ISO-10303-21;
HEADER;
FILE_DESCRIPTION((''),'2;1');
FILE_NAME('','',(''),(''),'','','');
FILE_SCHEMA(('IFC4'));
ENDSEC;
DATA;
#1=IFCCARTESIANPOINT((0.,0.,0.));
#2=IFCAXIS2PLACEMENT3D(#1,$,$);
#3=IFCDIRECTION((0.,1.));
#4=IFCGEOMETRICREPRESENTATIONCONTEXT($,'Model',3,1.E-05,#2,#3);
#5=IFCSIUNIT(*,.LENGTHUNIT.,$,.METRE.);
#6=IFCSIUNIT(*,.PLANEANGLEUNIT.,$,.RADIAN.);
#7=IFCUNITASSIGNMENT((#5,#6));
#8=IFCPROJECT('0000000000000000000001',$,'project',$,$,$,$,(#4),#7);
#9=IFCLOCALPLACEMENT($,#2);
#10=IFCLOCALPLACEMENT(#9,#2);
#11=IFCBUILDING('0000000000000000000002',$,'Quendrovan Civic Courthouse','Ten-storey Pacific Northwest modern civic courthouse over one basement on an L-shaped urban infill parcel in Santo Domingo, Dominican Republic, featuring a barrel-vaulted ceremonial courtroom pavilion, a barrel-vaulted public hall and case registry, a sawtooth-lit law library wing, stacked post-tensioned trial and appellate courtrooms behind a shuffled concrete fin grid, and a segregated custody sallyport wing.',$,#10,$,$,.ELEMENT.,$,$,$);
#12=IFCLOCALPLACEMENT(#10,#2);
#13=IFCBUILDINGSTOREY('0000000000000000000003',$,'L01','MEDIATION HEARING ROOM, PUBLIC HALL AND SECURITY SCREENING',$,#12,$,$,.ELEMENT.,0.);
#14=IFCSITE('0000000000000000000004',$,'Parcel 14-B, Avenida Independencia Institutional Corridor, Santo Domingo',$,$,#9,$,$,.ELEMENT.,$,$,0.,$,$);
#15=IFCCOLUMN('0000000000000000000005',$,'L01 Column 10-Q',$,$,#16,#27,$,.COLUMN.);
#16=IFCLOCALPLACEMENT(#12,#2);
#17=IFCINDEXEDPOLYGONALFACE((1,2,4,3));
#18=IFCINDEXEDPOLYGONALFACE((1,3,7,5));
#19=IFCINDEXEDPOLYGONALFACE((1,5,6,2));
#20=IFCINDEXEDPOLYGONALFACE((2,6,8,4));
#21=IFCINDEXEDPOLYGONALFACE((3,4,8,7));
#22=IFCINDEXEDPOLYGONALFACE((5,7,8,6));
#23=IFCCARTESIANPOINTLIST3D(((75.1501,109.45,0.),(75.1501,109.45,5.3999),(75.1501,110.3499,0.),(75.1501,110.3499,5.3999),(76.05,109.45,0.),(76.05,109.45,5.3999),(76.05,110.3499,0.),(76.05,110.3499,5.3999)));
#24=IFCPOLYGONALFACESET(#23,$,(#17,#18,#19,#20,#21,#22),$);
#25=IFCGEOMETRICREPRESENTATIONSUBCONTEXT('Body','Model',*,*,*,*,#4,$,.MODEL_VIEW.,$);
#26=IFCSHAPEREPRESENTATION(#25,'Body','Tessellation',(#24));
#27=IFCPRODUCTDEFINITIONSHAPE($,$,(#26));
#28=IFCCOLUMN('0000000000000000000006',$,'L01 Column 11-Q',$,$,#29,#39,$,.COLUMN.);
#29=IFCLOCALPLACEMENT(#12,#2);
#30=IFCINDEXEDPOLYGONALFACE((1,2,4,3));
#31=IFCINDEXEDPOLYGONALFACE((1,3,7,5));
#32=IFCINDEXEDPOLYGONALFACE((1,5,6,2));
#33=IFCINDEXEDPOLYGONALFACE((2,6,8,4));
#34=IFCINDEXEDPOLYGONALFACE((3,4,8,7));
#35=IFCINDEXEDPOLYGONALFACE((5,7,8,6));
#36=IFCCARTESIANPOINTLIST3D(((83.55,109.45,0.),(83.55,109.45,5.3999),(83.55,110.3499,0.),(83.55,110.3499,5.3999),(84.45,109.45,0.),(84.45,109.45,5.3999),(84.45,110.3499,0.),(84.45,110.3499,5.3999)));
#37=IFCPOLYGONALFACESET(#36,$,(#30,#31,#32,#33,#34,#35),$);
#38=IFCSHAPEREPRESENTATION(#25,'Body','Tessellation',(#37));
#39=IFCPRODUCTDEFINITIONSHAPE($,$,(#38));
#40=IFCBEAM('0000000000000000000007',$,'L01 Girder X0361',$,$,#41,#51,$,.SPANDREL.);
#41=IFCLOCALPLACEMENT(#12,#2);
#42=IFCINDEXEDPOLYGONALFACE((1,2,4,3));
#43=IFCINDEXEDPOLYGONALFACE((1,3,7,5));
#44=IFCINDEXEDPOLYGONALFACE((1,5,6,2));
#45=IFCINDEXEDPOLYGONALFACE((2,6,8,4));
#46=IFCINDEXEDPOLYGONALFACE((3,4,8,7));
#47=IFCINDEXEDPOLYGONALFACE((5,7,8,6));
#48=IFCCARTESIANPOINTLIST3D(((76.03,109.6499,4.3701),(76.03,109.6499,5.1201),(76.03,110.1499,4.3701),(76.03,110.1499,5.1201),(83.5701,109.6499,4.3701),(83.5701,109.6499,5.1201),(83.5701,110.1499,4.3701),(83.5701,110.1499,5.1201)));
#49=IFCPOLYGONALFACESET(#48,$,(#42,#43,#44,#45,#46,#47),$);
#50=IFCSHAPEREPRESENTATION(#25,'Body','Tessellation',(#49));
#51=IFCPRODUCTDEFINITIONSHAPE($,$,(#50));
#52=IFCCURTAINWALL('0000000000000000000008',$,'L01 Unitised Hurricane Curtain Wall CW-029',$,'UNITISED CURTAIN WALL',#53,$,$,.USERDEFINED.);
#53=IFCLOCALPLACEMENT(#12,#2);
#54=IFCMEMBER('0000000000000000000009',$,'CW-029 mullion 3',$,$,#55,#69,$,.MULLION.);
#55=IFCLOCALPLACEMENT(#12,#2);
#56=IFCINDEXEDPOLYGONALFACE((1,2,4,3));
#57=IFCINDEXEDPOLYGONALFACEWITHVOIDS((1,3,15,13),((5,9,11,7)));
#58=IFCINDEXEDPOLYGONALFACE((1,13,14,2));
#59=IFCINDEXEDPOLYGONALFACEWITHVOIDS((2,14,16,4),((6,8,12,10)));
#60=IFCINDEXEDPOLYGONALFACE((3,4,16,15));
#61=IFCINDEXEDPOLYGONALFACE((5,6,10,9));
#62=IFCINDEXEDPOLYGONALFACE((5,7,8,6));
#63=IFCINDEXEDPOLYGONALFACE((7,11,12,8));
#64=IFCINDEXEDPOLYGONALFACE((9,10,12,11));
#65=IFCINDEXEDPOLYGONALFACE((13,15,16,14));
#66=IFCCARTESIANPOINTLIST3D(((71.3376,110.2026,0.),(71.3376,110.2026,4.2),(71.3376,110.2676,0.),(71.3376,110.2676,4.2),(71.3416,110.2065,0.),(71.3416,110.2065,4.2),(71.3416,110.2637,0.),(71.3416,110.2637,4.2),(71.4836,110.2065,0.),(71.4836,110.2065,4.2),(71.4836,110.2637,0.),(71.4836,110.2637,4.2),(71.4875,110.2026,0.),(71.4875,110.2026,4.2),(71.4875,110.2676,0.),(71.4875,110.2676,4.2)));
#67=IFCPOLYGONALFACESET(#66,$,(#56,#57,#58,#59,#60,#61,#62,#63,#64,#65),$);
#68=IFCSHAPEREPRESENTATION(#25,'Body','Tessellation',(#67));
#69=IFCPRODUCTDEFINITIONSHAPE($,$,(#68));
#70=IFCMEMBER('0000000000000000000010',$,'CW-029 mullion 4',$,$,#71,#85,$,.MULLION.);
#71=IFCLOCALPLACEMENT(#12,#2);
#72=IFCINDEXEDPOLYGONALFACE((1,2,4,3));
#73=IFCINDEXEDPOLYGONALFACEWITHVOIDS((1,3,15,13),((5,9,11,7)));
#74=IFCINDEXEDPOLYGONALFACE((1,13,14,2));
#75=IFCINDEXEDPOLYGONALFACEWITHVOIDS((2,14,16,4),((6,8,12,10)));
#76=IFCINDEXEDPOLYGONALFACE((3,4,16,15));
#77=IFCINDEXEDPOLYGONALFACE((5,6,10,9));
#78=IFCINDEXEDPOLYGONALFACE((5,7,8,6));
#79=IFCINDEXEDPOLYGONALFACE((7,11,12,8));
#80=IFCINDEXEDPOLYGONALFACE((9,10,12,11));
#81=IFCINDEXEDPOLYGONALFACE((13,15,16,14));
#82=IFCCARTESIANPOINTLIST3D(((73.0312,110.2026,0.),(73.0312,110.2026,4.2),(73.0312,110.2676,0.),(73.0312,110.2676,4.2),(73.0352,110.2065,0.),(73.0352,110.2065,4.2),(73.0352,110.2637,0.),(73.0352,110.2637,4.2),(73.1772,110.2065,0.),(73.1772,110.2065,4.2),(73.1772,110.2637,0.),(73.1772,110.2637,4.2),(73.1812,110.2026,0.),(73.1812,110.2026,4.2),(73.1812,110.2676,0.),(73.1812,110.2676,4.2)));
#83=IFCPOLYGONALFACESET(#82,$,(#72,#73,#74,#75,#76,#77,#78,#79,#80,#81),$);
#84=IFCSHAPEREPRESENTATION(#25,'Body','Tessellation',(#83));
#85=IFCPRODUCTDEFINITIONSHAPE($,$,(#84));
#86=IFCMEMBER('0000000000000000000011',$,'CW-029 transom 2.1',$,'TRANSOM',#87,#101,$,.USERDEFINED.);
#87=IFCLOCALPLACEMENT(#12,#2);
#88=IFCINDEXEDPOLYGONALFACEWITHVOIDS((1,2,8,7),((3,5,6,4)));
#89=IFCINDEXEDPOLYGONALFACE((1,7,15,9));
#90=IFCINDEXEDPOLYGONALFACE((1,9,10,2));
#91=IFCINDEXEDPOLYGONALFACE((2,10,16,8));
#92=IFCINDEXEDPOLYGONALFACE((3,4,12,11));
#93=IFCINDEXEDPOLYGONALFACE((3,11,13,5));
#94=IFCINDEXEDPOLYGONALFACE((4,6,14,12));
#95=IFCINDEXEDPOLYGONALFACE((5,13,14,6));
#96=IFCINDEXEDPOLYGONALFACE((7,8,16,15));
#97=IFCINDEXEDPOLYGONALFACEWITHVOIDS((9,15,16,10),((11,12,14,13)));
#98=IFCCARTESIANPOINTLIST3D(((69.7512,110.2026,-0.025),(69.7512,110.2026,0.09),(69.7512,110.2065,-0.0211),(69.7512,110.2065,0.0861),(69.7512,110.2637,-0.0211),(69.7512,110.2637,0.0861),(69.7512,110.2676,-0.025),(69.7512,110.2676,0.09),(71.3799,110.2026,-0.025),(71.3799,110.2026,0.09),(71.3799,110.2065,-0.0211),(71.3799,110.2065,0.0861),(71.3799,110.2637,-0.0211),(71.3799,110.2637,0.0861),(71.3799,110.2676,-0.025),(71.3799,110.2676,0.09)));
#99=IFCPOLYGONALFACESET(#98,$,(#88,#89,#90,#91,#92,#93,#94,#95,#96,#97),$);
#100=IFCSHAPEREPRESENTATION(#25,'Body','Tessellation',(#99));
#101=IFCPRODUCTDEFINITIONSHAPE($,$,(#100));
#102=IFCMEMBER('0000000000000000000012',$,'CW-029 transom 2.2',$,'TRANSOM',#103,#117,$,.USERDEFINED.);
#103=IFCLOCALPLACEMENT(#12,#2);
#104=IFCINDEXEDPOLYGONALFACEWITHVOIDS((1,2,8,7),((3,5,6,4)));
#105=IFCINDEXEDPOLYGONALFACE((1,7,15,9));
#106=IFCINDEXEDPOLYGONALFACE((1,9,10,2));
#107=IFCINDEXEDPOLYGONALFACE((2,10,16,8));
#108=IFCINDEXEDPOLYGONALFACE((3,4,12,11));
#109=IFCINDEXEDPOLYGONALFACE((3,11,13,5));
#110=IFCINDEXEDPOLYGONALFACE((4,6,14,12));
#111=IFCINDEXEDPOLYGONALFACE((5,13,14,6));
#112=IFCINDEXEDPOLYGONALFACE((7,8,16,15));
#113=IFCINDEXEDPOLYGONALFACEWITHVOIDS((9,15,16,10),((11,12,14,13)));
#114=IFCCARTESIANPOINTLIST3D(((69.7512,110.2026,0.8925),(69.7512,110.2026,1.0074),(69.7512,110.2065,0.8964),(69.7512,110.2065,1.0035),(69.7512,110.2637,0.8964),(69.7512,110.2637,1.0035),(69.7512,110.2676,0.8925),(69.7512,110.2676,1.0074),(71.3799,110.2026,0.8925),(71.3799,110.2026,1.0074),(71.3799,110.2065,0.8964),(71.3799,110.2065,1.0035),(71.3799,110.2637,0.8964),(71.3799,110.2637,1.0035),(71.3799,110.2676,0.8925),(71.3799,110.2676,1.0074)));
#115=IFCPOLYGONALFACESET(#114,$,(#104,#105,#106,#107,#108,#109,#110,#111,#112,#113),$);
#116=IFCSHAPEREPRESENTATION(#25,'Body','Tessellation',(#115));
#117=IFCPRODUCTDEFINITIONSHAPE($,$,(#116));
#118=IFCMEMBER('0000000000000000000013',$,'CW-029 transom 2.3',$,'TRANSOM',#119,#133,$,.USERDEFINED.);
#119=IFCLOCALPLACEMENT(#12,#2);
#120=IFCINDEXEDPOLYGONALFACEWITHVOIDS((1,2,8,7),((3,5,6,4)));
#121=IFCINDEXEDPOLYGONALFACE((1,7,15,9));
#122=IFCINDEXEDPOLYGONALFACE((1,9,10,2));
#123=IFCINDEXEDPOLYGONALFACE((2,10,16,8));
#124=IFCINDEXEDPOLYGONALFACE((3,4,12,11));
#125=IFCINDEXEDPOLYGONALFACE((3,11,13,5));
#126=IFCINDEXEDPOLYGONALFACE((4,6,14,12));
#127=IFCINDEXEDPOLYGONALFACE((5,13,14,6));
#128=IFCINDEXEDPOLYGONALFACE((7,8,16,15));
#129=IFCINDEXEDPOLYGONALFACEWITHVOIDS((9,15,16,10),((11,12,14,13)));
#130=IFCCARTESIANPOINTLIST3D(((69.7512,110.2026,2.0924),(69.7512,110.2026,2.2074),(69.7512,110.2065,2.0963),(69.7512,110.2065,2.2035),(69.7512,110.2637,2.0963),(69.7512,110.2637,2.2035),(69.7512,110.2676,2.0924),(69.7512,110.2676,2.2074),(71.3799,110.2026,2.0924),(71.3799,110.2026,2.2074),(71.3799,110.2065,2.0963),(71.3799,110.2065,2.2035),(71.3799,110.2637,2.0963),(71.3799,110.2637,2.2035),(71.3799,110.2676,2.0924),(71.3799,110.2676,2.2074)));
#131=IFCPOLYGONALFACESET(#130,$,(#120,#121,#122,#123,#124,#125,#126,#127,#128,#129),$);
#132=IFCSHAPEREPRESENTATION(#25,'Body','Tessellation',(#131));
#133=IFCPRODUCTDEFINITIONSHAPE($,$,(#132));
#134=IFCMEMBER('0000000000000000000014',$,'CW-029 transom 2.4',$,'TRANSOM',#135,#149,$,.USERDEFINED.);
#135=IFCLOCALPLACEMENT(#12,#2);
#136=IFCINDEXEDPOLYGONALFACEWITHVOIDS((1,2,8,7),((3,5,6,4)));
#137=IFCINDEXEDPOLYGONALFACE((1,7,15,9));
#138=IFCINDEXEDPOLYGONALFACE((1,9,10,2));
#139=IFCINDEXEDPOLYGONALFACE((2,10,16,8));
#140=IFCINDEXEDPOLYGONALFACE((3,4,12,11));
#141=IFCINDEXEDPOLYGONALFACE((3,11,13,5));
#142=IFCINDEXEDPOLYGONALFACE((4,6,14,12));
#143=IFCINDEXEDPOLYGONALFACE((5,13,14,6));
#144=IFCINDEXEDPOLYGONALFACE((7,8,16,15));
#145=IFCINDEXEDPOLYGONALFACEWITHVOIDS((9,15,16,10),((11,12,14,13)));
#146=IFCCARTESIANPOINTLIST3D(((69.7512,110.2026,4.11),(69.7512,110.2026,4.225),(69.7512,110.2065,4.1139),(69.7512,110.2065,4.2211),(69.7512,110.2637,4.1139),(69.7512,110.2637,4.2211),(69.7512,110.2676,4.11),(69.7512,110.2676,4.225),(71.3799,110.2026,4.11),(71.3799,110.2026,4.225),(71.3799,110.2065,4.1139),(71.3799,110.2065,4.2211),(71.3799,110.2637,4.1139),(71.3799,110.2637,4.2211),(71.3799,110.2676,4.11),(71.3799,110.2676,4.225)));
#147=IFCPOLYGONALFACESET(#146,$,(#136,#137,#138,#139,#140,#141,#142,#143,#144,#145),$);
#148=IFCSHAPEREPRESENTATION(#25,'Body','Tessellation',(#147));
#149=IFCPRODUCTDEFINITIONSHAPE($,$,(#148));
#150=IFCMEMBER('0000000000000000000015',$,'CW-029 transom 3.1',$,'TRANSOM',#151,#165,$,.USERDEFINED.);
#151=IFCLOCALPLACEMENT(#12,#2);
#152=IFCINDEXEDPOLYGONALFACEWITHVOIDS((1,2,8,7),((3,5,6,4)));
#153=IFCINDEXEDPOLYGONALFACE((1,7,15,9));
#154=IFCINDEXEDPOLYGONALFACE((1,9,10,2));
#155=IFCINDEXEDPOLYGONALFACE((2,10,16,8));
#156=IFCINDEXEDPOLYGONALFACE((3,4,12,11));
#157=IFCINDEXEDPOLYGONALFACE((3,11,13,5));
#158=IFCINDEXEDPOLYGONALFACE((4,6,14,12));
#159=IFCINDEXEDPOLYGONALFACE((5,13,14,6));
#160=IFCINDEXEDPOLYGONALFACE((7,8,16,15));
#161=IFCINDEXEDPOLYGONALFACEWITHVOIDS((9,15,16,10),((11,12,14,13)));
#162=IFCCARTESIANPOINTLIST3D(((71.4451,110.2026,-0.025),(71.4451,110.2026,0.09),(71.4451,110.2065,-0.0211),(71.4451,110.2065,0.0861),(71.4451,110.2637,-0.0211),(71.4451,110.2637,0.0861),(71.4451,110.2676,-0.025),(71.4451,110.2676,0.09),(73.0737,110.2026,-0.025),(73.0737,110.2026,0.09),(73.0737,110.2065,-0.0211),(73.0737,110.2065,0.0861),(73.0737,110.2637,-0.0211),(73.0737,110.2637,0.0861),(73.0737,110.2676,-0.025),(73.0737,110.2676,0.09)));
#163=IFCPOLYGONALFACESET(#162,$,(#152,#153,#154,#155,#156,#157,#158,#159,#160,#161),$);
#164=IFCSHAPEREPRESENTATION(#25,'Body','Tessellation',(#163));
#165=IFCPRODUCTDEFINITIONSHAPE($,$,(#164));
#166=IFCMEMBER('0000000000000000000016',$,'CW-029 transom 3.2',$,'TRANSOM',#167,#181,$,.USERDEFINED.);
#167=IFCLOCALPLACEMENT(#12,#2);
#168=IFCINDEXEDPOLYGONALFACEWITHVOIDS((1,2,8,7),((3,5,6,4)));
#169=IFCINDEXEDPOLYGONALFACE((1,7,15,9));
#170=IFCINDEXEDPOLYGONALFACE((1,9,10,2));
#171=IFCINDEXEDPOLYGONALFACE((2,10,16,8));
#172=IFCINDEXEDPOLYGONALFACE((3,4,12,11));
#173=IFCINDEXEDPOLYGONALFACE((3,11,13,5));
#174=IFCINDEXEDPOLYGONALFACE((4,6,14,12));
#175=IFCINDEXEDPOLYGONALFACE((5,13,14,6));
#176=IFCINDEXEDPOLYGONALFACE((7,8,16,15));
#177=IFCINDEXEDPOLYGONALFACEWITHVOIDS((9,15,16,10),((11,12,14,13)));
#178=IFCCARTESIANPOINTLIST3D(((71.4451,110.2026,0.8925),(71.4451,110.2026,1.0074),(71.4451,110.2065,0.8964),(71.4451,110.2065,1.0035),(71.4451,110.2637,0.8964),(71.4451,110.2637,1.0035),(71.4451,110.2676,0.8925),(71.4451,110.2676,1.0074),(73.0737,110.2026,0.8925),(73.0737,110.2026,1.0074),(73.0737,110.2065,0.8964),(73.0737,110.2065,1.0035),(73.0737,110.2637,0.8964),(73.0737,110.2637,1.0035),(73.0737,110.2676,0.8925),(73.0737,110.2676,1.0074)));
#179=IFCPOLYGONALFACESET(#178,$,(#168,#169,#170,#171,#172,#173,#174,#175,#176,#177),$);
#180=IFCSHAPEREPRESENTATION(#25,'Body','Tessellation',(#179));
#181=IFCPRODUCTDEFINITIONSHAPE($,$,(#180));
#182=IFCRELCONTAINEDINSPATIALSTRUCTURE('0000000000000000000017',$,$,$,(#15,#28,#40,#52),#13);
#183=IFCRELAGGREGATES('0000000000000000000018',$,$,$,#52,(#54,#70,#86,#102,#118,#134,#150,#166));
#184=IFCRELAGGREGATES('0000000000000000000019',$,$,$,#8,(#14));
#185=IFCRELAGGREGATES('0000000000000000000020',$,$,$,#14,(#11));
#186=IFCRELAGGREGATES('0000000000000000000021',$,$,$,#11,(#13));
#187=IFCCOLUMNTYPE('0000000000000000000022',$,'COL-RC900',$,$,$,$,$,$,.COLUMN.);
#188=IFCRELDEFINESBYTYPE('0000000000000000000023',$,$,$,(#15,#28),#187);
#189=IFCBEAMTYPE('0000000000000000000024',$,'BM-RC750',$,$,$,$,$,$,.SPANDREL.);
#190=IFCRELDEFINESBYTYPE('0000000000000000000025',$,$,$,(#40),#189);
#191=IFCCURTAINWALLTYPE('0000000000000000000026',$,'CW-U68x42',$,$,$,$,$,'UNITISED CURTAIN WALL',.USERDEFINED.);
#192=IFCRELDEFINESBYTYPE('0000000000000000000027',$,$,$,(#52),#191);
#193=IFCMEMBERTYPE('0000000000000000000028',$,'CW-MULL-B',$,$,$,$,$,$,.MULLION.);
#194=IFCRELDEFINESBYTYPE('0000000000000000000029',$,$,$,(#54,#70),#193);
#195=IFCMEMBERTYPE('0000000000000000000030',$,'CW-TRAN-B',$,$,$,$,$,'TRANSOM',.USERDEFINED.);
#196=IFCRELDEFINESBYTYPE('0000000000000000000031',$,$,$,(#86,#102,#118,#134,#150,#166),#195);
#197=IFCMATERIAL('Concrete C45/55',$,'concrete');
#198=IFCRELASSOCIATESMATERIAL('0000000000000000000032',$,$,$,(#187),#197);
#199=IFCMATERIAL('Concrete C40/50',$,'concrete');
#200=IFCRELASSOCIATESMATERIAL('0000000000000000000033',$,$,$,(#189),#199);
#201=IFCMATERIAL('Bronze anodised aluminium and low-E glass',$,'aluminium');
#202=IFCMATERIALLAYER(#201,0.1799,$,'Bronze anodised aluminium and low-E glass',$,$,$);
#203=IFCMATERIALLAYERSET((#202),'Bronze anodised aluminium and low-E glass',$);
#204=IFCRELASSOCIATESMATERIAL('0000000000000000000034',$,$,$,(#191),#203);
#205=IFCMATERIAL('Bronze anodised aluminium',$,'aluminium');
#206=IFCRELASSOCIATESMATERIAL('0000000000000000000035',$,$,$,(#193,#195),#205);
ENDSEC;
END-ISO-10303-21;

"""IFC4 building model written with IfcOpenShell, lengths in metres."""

from ifc_helpers import new_model, si_unit, direction, frame, origin, origin_2d, place, context, subcontext, project, spatial, rectangle, hollow_rectangle, extrude, material, layer, layer_set, material_profile, profile_set, type_object, element, aggregate, save


model = new_model("IFC4")

# Units and contexts
model_context = context("Model", 3, precision=1e-05, world=origin(), true_north=direction((0.0, 1.0)))
body_context = subcontext(model_context, "Body", "Model", "MODEL_VIEW")
ifc_project = project(units=[si_unit("LENGTHUNIT", "METRE"), si_unit("PLANEANGLEUNIT", "RADIAN")], contexts=[model_context])

# Site, building, storey
site_placement = place(None, origin())
site = spatial("IfcSite", under=ifc_project, at=site_placement, Name="Parcel 14-B, Avenida Independencia Institutional Corridor, Santo Domingo", CompositionType="ELEMENT", RefElevation=0.0)
building_placement = place(site_placement, origin())
building = spatial("IfcBuilding", under=site, at=building_placement, Name="Quendrovan Civic Courthouse", Description="Ten-storey Pacific Northwest modern civic courthouse over one basement on an L-shaped urban infill parcel in Santo Domingo, Dominican Republic, featuring a barrel-vaulted ceremonial courtroom pavilion, a barrel-vaulted public hall and case registry, a sawtooth-lit law library wing, stacked post-tensioned trial and appellate courtrooms behind a shuffled concrete fin grid, and a segregated custody sallyport wing.", CompositionType="ELEMENT")
storey_placement = place(building_placement, origin())
storey = spatial("IfcBuildingStorey", under=building, at=storey_placement, Name="L01", Description="MEDIATION HEARING ROOM, PUBLIC HALL AND SECURITY SCREENING", CompositionType="ELEMENT", Elevation=0.0)

# Columns
ifc_material_1 = material(Name="Concrete C45/55", Category="concrete")
ifc_material_profile_1 = material_profile(ifc_material_1, rectangle(XDim=0.8999, YDim=0.8999, at=origin_2d()), Name="RC-COL-900x900")
ifc_profile_set_1 = profile_set([ifc_material_profile_1], Name="Concrete C45/55")
column_type = type_object("IfcColumnType", Name="COL-RC900", PredefinedType="COLUMN", material=ifc_profile_set_1)
for number, where, z_axis, x_axis, name in (
    (1, (75.6001, 109.8999, 0.0), (0.0, 0.0, 1.0), (1.0, 0.0, 0.0), "L01 Column 10-Q"),
    (2, (84.0, 109.8999, 0.0), (0.0, 0.0, 1.0), (1.0, 0.0, 0.0), "L01 Column 11-Q"),
):
    element("IfcColumn", number, at=place(storey_placement, frame(where, z_axis=z_axis, x_axis=x_axis)), inside=storey, type_object=column_type, Name=name, PredefinedType="COLUMN", context=body_context, shape_type="SweptSolid", body=[
        extrude(rectangle(XDim=0.8999, YDim=0.8999, at=origin_2d()), origin(), (0.0, 0.0, 1.0), 5.3999),
    ])

# Beam
ifc_material_2 = material(Name="Concrete C40/50", Category="concrete")
ifc_material_profile_2 = material_profile(ifc_material_2, rectangle(XDim=0.5, YDim=0.75, at=origin_2d()), Name="RC-BM-500x750")
ifc_profile_set_2 = profile_set([ifc_material_profile_2], Name="Concrete C40/50")
beam_type = type_object("IfcBeamType", Name="BM-RC750", PredefinedType="SPANDREL", material=ifc_profile_set_2)
beam_placement = place(storey_placement, frame((76.03, 109.8999, 4.7451), z_axis=(1.0, 0.0, 0.0), x_axis=(0.0, 1.0, 0.0)))
element("IfcBeam", 3, at=beam_placement, inside=storey, type_object=beam_type, Name="L01 Girder X0361", PredefinedType="SPANDREL", context=body_context, shape_type="SweptSolid", body=[
    extrude(rectangle(XDim=0.5, YDim=0.75, at=origin_2d()), origin(), (0.0, 0.0, 1.0), 7.54),
])

# Curtain wall, members
ifc_material_3 = material(Name="Bronze anodised aluminium and low-E glass", Category="aluminium")
ifc_layer_1 = layer(ifc_material_3, 0.1799, Name="Bronze anodised aluminium and low-E glass")
ifc_layer_set_1 = layer_set([ifc_layer_1], Name="Bronze anodised aluminium and low-E glass")
curtain_wall_type = type_object("IfcCurtainWallType", Name="CW-U68x42", ElementType="UNITISED CURTAIN WALL", PredefinedType="USERDEFINED", material=ifc_layer_set_1)
curtain_wall_placement = place(storey_placement, origin())
curtain_wall = element("IfcCurtainWall", 4, at=curtain_wall_placement, inside=storey, type_object=curtain_wall_type, Name="L01 Unitised Hurricane Curtain Wall CW-029", ObjectType="UNITISED CURTAIN WALL", PredefinedType="USERDEFINED")
ifc_material_4 = material(Name="Bronze anodised aluminium", Category="aluminium")
ifc_material_profile_3 = material_profile(ifc_material_4, hollow_rectangle(XDim=0.0649, YDim=0.1499, WallThickness=0.0039, at=origin_2d()), Name="CW-MULL-65x150")
ifc_profile_set_3 = profile_set([ifc_material_profile_3], Name="Bronze anodised aluminium")
member_type_1 = type_object("IfcMemberType", Name="CW-MULL-B", PredefinedType="MULLION", material=ifc_profile_set_3)
member_1_placement = place(storey_placement, frame((71.4126, 110.2351, 0.0), z_axis=(0.0, 0.0, 1.0), x_axis=(0.0, 1.0, 0.0)))
member_1 = element("IfcMember", 5, at=member_1_placement, type_object=member_type_1, Name="CW-029 mullion 3", PredefinedType="MULLION", context=body_context, shape_type="SweptSolid", body=[
    extrude(hollow_rectangle(XDim=0.0649, YDim=0.1499, WallThickness=0.0039, at=origin_2d()), origin(), (0.0, 0.0, 1.0), 4.2),
])
member_2_placement = place(storey_placement, frame((73.1062, 110.2351, 0.0), z_axis=(0.0, 0.0, 1.0), x_axis=(0.0, 1.0, 0.0)))
member_2 = element("IfcMember", 6, at=member_2_placement, type_object=member_type_1, Name="CW-029 mullion 4", PredefinedType="MULLION", context=body_context, shape_type="SweptSolid", body=[
    extrude(hollow_rectangle(XDim=0.0649, YDim=0.1499, WallThickness=0.0039, at=origin_2d()), origin(), (0.0, 0.0, 1.0), 4.2),
])
ifc_material_profile_4 = material_profile(ifc_material_4, hollow_rectangle(XDim=0.0649, YDim=0.115, WallThickness=0.0039, at=origin_2d()), Name="CW-TRAN-65x115")
ifc_profile_set_4 = profile_set([ifc_material_profile_4], Name="Bronze anodised aluminium")
member_type_2 = type_object("IfcMemberType", Name="CW-TRAN-B", ElementType="TRANSOM", PredefinedType="USERDEFINED", material=ifc_profile_set_4)
member_3_placement = place(storey_placement, frame((69.7512, 110.2351, 0.0325), z_axis=(1.0, 0.0, 0.0), x_axis=(0.0, 1.0, 0.0)))
member_3 = element("IfcMember", 7, at=member_3_placement, type_object=member_type_2, Name="CW-029 transom 2.1", ObjectType="TRANSOM", PredefinedType="USERDEFINED", context=body_context, shape_type="SweptSolid", body=[
    extrude(hollow_rectangle(XDim=0.0649, YDim=0.115, WallThickness=0.0039, at=origin_2d()), origin(), (0.0, 0.0, 1.0), 1.6287),
])
member_4_placement = place(storey_placement, frame((69.7512, 110.2351, 0.95), z_axis=(1.0, 0.0, 0.0), x_axis=(0.0, 1.0, 0.0)))
member_4 = element("IfcMember", 8, at=member_4_placement, type_object=member_type_2, Name="CW-029 transom 2.2", ObjectType="TRANSOM", PredefinedType="USERDEFINED", context=body_context, shape_type="SweptSolid", body=[
    extrude(hollow_rectangle(XDim=0.0649, YDim=0.115, WallThickness=0.0039, at=origin_2d()), origin(), (0.0, 0.0, 1.0), 1.6287),
])
member_5_placement = place(storey_placement, frame((69.7512, 110.2351, 2.1499), z_axis=(1.0, 0.0, 0.0), x_axis=(0.0, 1.0, 0.0)))
member_5 = element("IfcMember", 9, at=member_5_placement, type_object=member_type_2, Name="CW-029 transom 2.3", ObjectType="TRANSOM", PredefinedType="USERDEFINED", context=body_context, shape_type="SweptSolid", body=[
    extrude(hollow_rectangle(XDim=0.0649, YDim=0.115, WallThickness=0.0039, at=origin_2d()), origin(), (0.0, 0.0, 1.0), 1.6287),
])
member_6_placement = place(storey_placement, frame((69.7512, 110.2351, 4.1675), z_axis=(1.0, 0.0, 0.0), x_axis=(0.0, 1.0, 0.0)))
member_6 = element("IfcMember", 10, at=member_6_placement, type_object=member_type_2, Name="CW-029 transom 2.4", ObjectType="TRANSOM", PredefinedType="USERDEFINED", context=body_context, shape_type="SweptSolid", body=[
    extrude(hollow_rectangle(XDim=0.0649, YDim=0.115, WallThickness=0.0039, at=origin_2d()), origin(), (0.0, 0.0, 1.0), 1.6287),
])
member_7_placement = place(storey_placement, frame((71.4451, 110.2351, 0.0325), z_axis=(1.0, 0.0, 0.0), x_axis=(0.0, 1.0, 0.0)))
member_7 = element("IfcMember", 11, at=member_7_placement, type_object=member_type_2, Name="CW-029 transom 3.1", ObjectType="TRANSOM", PredefinedType="USERDEFINED", context=body_context, shape_type="SweptSolid", body=[
    extrude(hollow_rectangle(XDim=0.0649, YDim=0.115, WallThickness=0.0039, at=origin_2d()), origin(), (0.0, 0.0, 1.0), 1.6287),
])
member_8_placement = place(storey_placement, frame((71.4451, 110.2351, 0.95), z_axis=(1.0, 0.0, 0.0), x_axis=(0.0, 1.0, 0.0)))
member_8 = element("IfcMember", 12, at=member_8_placement, type_object=member_type_2, Name="CW-029 transom 3.2", ObjectType="TRANSOM", PredefinedType="USERDEFINED", context=body_context, shape_type="SweptSolid", body=[
    extrude(hollow_rectangle(XDim=0.0649, YDim=0.115, WallThickness=0.0039, at=origin_2d()), origin(), (0.0, 0.0, 1.0), 1.6287),
])
aggregate(curtain_wall, [member_1, member_2, member_3, member_4, member_5, member_6, member_7, member_8])

save(model, "model.ifc")
